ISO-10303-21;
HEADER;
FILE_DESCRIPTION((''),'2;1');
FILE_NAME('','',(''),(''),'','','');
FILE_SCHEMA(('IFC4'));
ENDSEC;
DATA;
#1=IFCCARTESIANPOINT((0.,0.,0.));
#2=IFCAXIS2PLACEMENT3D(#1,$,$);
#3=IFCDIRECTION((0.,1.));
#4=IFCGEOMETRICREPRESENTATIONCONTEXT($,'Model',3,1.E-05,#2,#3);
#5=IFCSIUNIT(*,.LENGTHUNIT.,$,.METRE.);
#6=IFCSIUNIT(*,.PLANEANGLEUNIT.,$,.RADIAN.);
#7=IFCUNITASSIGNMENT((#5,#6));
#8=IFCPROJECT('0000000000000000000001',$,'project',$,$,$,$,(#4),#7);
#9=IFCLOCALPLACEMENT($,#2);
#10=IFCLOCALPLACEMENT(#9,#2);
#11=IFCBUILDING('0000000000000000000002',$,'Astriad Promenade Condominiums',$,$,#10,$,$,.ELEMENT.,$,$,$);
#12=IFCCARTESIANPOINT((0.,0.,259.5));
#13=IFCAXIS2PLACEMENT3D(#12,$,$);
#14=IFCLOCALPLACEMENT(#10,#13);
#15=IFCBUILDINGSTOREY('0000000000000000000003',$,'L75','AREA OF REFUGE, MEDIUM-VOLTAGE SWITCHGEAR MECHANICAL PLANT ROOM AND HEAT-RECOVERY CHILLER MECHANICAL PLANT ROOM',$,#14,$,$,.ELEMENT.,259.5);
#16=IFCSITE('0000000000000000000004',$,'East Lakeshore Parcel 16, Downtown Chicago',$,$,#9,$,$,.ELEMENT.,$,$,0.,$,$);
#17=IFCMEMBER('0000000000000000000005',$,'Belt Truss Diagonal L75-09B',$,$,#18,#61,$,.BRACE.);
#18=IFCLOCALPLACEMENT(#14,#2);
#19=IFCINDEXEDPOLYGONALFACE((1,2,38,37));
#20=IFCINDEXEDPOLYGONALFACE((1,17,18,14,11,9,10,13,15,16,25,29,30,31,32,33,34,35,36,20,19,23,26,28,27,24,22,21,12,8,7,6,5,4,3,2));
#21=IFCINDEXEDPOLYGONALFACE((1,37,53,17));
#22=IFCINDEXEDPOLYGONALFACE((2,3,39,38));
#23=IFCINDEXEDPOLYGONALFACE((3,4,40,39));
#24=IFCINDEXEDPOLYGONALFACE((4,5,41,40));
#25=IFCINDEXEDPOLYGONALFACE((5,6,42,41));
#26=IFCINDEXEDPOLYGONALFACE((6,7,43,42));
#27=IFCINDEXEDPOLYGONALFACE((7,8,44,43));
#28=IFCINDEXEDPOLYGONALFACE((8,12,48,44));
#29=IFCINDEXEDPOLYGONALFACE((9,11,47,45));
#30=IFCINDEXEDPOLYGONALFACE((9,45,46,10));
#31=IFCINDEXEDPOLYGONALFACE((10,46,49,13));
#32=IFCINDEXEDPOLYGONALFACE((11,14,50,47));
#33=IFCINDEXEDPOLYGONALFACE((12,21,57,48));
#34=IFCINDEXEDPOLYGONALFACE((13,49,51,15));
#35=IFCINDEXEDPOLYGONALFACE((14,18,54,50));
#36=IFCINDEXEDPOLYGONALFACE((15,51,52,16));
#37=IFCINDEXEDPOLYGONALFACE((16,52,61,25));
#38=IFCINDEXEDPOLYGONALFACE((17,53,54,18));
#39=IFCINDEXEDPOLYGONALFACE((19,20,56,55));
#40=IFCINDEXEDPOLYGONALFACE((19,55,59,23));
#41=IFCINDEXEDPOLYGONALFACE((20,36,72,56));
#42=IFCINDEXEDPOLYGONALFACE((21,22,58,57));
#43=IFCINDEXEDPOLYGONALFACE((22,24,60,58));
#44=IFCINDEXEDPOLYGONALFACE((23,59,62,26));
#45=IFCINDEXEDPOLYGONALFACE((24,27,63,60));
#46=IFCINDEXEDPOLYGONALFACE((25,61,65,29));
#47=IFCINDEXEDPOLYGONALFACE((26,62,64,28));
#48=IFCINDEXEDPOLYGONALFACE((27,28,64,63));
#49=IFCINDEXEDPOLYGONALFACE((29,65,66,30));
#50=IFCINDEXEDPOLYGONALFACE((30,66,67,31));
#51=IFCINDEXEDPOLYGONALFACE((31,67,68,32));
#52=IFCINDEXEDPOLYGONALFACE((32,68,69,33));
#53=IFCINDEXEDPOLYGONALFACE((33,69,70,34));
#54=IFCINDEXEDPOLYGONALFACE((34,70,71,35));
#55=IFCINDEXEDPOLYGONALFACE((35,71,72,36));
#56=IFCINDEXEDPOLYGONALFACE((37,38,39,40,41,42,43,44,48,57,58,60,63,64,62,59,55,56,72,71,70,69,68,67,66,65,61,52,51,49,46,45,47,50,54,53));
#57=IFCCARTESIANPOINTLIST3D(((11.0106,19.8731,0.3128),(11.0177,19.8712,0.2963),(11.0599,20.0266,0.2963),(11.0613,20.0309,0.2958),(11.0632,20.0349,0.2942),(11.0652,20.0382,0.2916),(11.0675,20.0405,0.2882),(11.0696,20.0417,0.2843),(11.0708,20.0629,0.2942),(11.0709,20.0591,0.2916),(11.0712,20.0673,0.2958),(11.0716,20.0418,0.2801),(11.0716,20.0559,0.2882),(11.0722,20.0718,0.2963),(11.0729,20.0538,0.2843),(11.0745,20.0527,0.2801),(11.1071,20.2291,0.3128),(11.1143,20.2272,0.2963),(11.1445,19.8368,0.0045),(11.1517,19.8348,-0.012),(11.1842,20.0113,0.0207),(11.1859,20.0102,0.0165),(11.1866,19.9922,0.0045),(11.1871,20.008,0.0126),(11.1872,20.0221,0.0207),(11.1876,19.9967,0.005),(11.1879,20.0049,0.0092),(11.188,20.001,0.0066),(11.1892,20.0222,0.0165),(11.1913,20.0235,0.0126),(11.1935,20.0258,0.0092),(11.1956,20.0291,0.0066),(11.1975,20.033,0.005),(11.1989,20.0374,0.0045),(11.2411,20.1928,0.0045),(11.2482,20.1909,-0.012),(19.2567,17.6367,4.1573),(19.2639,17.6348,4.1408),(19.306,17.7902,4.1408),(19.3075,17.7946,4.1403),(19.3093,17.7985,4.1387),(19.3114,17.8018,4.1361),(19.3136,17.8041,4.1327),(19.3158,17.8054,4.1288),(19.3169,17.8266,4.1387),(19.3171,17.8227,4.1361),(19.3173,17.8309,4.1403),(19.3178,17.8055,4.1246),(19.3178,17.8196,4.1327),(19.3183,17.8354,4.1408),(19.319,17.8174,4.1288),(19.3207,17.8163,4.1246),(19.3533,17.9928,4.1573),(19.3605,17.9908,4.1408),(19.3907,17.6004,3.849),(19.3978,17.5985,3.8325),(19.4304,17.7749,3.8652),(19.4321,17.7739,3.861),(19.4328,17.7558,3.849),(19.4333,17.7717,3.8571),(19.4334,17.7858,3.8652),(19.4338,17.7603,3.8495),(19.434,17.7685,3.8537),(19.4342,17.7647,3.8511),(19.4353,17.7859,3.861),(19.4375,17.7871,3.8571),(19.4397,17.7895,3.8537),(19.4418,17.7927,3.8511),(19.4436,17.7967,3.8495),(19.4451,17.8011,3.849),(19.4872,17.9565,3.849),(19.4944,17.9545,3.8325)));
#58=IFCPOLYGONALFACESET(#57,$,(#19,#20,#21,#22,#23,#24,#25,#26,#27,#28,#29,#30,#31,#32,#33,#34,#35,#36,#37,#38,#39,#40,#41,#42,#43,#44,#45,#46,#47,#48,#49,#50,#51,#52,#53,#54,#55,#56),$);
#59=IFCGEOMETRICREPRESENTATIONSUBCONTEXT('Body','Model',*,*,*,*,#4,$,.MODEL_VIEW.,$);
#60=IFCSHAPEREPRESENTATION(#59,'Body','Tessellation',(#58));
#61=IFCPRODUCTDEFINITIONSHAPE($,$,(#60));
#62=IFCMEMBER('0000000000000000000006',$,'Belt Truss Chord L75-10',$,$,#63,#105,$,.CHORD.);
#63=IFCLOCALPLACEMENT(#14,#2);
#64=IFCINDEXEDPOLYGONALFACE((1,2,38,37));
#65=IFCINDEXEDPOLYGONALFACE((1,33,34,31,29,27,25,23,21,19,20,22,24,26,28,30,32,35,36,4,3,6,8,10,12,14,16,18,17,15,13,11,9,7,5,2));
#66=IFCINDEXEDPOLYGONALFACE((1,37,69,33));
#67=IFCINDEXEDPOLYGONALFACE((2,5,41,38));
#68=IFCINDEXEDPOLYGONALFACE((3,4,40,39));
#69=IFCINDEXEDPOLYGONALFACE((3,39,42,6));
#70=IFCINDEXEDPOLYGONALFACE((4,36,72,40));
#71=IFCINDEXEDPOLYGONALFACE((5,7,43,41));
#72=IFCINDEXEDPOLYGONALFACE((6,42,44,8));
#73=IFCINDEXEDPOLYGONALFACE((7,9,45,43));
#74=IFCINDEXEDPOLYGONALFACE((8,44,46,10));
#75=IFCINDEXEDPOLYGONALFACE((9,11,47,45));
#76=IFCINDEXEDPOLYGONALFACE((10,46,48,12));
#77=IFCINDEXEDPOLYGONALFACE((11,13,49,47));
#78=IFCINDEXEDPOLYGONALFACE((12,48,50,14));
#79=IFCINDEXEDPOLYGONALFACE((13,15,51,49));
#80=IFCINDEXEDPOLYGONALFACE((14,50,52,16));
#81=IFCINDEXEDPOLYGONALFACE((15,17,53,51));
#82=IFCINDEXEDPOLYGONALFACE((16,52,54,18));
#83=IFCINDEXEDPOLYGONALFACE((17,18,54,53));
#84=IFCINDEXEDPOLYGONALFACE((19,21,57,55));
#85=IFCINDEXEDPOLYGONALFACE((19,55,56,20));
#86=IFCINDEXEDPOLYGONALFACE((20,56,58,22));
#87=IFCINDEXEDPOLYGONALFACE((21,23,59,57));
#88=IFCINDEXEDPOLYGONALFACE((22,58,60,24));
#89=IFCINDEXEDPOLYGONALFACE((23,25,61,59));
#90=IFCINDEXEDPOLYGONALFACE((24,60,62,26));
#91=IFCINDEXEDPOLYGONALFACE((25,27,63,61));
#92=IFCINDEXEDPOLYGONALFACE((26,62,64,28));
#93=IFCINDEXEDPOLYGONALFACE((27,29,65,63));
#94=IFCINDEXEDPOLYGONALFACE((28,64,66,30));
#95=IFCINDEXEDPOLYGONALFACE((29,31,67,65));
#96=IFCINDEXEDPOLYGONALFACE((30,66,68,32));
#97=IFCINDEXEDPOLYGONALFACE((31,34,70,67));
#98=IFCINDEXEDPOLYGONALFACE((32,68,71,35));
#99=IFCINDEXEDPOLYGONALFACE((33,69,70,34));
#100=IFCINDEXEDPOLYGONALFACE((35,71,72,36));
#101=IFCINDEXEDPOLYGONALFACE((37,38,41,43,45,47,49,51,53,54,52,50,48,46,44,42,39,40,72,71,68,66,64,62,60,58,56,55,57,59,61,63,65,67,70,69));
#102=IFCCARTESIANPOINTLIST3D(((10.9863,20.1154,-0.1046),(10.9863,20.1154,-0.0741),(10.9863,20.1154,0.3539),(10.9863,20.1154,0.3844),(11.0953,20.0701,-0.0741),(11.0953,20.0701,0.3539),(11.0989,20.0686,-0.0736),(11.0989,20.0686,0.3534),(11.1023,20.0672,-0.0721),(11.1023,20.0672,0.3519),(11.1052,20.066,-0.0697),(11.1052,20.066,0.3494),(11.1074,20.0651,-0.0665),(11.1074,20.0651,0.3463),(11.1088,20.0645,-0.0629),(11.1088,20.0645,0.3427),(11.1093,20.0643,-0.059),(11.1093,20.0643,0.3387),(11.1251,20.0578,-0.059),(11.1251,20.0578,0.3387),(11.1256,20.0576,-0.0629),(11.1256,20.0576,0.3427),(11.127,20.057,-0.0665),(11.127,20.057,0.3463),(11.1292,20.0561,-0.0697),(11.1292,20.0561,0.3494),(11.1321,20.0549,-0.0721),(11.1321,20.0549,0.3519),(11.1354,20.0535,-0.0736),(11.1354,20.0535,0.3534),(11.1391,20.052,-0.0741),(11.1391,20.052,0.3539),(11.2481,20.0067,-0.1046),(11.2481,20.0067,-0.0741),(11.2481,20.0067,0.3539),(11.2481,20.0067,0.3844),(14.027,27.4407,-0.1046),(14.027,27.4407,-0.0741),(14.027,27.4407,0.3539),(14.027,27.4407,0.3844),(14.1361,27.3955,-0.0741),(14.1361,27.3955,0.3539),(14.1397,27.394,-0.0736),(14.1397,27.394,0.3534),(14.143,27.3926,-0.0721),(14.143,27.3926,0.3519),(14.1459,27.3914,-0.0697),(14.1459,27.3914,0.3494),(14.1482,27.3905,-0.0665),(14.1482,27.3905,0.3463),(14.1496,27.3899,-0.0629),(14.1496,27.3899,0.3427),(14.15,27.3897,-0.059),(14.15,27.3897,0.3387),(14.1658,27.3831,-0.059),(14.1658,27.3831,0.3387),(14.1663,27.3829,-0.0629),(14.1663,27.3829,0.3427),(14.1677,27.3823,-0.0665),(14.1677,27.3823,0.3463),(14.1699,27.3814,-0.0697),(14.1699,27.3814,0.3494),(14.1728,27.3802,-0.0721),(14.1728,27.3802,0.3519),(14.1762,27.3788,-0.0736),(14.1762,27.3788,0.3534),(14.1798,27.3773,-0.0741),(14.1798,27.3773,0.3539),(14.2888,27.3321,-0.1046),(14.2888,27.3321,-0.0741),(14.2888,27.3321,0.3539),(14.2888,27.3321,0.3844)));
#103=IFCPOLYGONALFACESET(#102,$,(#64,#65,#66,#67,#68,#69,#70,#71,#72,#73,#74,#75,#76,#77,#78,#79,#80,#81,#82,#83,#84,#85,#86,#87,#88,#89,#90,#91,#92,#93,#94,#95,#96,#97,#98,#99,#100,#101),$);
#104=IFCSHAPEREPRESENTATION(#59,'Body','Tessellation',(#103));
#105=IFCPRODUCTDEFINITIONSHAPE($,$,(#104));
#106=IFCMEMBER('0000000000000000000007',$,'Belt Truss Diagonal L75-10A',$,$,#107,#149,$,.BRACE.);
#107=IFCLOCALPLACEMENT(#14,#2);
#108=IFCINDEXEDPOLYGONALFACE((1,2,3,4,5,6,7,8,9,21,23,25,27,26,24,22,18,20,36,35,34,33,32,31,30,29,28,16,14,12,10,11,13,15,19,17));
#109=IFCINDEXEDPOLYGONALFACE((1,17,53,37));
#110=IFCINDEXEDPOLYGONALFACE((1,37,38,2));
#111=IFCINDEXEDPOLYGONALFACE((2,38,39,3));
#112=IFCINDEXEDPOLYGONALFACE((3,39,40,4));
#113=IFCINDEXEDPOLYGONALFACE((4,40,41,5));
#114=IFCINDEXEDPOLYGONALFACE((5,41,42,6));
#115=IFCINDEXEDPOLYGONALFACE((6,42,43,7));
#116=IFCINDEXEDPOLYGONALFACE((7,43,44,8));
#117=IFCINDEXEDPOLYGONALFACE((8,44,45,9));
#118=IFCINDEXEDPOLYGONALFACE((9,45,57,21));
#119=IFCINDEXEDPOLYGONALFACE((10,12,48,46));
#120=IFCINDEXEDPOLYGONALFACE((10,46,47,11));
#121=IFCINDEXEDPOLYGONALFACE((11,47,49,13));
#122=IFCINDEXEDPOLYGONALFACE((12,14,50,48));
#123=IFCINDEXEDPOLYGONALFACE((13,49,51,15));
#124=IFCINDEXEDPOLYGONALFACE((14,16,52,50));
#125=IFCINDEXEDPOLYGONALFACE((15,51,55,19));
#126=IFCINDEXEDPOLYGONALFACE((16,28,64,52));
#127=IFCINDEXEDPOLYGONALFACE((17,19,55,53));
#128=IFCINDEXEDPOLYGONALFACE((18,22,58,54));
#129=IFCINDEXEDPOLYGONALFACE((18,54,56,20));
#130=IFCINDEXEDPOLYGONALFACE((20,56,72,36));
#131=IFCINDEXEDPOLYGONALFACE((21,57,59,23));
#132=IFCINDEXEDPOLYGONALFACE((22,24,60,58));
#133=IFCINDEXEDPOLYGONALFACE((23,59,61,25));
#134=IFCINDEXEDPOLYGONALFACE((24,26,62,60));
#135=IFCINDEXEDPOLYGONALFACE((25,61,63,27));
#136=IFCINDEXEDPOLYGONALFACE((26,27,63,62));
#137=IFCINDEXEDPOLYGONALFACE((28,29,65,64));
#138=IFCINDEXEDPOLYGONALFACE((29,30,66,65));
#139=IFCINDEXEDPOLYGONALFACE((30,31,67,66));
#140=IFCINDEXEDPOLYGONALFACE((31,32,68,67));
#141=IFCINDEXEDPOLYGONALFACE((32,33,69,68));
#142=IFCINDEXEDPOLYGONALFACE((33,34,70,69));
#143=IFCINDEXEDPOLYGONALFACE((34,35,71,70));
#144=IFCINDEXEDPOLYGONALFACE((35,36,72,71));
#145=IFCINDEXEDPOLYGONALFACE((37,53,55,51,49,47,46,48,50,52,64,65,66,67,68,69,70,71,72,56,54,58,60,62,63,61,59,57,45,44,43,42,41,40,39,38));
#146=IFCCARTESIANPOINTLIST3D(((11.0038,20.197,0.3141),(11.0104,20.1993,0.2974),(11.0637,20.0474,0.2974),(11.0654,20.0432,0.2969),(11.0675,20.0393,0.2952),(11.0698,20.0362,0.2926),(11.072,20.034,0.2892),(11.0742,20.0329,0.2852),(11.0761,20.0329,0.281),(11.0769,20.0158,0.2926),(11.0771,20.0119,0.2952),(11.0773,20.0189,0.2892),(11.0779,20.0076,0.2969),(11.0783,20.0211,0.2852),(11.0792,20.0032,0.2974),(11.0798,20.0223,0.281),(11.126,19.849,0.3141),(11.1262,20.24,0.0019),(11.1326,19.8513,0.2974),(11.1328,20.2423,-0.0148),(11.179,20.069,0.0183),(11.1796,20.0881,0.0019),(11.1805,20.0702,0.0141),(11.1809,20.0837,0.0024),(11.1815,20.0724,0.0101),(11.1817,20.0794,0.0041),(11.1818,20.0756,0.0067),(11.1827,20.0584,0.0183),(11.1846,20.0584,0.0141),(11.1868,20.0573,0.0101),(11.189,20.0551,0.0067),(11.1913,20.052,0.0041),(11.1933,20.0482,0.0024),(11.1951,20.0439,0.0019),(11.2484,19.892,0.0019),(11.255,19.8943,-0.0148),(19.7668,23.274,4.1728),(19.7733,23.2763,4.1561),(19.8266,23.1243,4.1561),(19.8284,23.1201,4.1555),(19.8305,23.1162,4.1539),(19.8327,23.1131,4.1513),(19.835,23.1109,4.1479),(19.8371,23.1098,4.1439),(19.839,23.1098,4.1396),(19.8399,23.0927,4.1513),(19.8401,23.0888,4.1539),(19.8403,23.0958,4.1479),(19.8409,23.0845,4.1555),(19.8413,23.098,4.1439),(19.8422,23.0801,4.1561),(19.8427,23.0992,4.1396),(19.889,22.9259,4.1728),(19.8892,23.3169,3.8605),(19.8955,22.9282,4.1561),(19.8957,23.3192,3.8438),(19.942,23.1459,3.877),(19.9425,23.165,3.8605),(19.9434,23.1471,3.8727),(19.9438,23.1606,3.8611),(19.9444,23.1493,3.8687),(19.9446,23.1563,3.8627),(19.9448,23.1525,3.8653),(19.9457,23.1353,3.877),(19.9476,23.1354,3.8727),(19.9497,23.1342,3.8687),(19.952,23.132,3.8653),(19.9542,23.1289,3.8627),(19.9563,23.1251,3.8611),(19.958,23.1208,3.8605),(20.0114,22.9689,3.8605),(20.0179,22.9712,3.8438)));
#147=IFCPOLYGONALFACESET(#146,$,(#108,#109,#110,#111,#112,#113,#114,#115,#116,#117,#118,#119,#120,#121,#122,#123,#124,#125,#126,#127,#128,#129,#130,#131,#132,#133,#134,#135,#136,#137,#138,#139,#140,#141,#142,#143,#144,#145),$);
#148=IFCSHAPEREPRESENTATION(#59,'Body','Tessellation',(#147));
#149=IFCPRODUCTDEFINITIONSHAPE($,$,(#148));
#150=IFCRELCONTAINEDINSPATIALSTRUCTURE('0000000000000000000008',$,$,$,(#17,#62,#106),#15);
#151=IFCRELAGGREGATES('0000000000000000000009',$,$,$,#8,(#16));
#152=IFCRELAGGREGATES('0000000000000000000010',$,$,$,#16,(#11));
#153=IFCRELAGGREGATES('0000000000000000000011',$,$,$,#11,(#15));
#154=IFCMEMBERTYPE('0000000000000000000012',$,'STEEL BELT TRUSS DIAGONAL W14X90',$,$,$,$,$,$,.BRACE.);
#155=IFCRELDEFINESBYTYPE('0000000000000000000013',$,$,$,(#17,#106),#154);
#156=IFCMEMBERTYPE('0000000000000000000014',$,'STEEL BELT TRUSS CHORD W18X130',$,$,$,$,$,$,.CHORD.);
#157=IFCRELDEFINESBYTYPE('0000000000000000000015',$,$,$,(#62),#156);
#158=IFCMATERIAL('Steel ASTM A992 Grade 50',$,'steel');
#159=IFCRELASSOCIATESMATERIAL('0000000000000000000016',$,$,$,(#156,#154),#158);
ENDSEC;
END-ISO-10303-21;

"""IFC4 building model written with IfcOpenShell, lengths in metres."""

from ifc_helpers import new_model, si_unit, direction, frame, origin, origin_2d, place, context, subcontext, project, spatial, i_section, extrude, source, transform, mapped, material, material_profile, profile_set, type_object, element, save


model = new_model("IFC4")

# Units and contexts
model_context = context("Model", 3, precision=1e-05, world=origin(), true_north=direction((0.0, 1.0)))
body_context = subcontext(model_context, "Body", "Model", "MODEL_VIEW")
ifc_project = project(units=[si_unit("LENGTHUNIT", "METRE"), si_unit("PLANEANGLEUNIT", "RADIAN")], contexts=[model_context])

# Site, building, storey
site_placement = place(None, origin())
site = spatial("IfcSite", under=ifc_project, at=site_placement, Name="East Lakeshore Parcel 16, Downtown Chicago", CompositionType="ELEMENT", RefElevation=0.0)
building_placement = place(site_placement, origin())
building = spatial("IfcBuilding", under=site, at=building_placement, Name="Astriad Promenade Condominiums", CompositionType="ELEMENT")
storey_placement = place(building_placement, frame((0.0, 0.0, 259.5)))
storey = spatial("IfcBuildingStorey", under=building, at=storey_placement, Name="L75", Description="AREA OF REFUGE, MEDIUM-VOLTAGE SWITCHGEAR MECHANICAL PLANT ROOM AND HEAT-RECOVERY CHILLER MECHANICAL PLANT ROOM", CompositionType="ELEMENT", Elevation=259.5)

# Shared definitions
ifc_material_1 = material(Name="Steel ASTM A992 Grade 50", Category="steel")

# Members
ifc_material_profile_1 = material_profile(ifc_material_1, i_section(OverallWidth=0.2834, OverallDepth=0.489, WebThickness=0.0171, FlangeThickness=0.0305, FilletRadius=0.0151, at=origin_2d()), Name="W18X130")
ifc_profile_set_1 = profile_set([ifc_material_profile_1], Name="Steel ASTM A992 Grade 50")
member_type_1 = type_object("IfcMemberType", Name="STEEL BELT TRUSS CHORD W18X130", PredefinedType="CHORD", material=ifc_profile_set_1)
ifc_material_profile_2 = material_profile(ifc_material_1, i_section(OverallWidth=0.3689, OverallDepth=0.3562, WebThickness=0.0112, FlangeThickness=0.0181, FilletRadius=0.0178, at=origin_2d()), Name="W14X90")
ifc_profile_set_2 = profile_set([ifc_material_profile_2], Name="Steel ASTM A992 Grade 50")
member_type_2 = type_object("IfcMemberType", Name="STEEL BELT TRUSS DIAGONAL W14X90", PredefinedType="BRACE", material=ifc_profile_set_2)
shared_shape_1 = source(origin(), body_context, "Body", "SweptSolid", [
    extrude(i_section(OverallWidth=0.3689, OverallDepth=0.3562, WebThickness=0.0112, FlangeThickness=0.0181, FilletRadius=0.0178, at=origin_2d()), origin(), (0.0, 0.0, 1.0), 9.3691),
])
member_1_placement = place(storey_placement, frame((11.1294, 20.032, 0.1504), z_axis=(0.880141, -0.238693, 0.410338), x_axis=(0.261744, 0.965137, 0.0)))
element("IfcMember", 1, at=member_1_placement, inside=storey, type_object=member_type_2, Name="Belt Truss Diagonal L75-09B", PredefinedType="BRACE", context=body_context, shape_type="MappedRepresentation", body=[
    mapped(shared_shape_1, transform((0.0, 0.0, 0.0), scale=1.0)),
])
shared_shape_2 = source(origin(), body_context, "Body", "SweptSolid", [
    extrude(i_section(OverallWidth=0.2834, OverallDepth=0.489, WebThickness=0.0171, FlangeThickness=0.0305, FilletRadius=0.0151, at=origin_2d()), origin(), (0.0, 0.0, 1.0), 7.9314),
])
member_2_placement = place(storey_placement, frame((11.1172, 20.061, 0.1399), z_axis=(0.38338, 0.923591, 0.0), x_axis=(-0.923591, 0.38338, 0.0)))
element("IfcMember", 2, at=member_2_placement, inside=storey, type_object=member_type_1, Name="Belt Truss Chord L75-10", PredefinedType="CHORD", context=body_context, shape_type="MappedRepresentation", body=[
    mapped(shared_shape_2, transform((0.0, 0.0, 0.0), scale=1.0)),
])
shared_shape_3 = source(origin(), body_context, "Body", "SweptSolid", [
    extrude(i_section(OverallWidth=0.3689, OverallDepth=0.3562, WebThickness=0.0112, FlangeThickness=0.0181, FilletRadius=0.0178, at=origin_2d()), origin(), (0.0, 0.0, 1.0), 10.0571),
])
member_3_placement = place(storey_placement, frame((11.1294, 20.0457, 0.1497), z_axis=(0.871317, 0.305943, 0.383673), x_axis=(-0.331298, 0.943526, 0.0)))
element("IfcMember", 3, at=member_3_placement, inside=storey, type_object=member_type_2, Name="Belt Truss Diagonal L75-10A", PredefinedType="BRACE", context=body_context, shape_type="MappedRepresentation", body=[
    mapped(shared_shape_3, transform((0.0, 0.0, 0.0), scale=1.0)),
])

save(model, "model.ifc")
